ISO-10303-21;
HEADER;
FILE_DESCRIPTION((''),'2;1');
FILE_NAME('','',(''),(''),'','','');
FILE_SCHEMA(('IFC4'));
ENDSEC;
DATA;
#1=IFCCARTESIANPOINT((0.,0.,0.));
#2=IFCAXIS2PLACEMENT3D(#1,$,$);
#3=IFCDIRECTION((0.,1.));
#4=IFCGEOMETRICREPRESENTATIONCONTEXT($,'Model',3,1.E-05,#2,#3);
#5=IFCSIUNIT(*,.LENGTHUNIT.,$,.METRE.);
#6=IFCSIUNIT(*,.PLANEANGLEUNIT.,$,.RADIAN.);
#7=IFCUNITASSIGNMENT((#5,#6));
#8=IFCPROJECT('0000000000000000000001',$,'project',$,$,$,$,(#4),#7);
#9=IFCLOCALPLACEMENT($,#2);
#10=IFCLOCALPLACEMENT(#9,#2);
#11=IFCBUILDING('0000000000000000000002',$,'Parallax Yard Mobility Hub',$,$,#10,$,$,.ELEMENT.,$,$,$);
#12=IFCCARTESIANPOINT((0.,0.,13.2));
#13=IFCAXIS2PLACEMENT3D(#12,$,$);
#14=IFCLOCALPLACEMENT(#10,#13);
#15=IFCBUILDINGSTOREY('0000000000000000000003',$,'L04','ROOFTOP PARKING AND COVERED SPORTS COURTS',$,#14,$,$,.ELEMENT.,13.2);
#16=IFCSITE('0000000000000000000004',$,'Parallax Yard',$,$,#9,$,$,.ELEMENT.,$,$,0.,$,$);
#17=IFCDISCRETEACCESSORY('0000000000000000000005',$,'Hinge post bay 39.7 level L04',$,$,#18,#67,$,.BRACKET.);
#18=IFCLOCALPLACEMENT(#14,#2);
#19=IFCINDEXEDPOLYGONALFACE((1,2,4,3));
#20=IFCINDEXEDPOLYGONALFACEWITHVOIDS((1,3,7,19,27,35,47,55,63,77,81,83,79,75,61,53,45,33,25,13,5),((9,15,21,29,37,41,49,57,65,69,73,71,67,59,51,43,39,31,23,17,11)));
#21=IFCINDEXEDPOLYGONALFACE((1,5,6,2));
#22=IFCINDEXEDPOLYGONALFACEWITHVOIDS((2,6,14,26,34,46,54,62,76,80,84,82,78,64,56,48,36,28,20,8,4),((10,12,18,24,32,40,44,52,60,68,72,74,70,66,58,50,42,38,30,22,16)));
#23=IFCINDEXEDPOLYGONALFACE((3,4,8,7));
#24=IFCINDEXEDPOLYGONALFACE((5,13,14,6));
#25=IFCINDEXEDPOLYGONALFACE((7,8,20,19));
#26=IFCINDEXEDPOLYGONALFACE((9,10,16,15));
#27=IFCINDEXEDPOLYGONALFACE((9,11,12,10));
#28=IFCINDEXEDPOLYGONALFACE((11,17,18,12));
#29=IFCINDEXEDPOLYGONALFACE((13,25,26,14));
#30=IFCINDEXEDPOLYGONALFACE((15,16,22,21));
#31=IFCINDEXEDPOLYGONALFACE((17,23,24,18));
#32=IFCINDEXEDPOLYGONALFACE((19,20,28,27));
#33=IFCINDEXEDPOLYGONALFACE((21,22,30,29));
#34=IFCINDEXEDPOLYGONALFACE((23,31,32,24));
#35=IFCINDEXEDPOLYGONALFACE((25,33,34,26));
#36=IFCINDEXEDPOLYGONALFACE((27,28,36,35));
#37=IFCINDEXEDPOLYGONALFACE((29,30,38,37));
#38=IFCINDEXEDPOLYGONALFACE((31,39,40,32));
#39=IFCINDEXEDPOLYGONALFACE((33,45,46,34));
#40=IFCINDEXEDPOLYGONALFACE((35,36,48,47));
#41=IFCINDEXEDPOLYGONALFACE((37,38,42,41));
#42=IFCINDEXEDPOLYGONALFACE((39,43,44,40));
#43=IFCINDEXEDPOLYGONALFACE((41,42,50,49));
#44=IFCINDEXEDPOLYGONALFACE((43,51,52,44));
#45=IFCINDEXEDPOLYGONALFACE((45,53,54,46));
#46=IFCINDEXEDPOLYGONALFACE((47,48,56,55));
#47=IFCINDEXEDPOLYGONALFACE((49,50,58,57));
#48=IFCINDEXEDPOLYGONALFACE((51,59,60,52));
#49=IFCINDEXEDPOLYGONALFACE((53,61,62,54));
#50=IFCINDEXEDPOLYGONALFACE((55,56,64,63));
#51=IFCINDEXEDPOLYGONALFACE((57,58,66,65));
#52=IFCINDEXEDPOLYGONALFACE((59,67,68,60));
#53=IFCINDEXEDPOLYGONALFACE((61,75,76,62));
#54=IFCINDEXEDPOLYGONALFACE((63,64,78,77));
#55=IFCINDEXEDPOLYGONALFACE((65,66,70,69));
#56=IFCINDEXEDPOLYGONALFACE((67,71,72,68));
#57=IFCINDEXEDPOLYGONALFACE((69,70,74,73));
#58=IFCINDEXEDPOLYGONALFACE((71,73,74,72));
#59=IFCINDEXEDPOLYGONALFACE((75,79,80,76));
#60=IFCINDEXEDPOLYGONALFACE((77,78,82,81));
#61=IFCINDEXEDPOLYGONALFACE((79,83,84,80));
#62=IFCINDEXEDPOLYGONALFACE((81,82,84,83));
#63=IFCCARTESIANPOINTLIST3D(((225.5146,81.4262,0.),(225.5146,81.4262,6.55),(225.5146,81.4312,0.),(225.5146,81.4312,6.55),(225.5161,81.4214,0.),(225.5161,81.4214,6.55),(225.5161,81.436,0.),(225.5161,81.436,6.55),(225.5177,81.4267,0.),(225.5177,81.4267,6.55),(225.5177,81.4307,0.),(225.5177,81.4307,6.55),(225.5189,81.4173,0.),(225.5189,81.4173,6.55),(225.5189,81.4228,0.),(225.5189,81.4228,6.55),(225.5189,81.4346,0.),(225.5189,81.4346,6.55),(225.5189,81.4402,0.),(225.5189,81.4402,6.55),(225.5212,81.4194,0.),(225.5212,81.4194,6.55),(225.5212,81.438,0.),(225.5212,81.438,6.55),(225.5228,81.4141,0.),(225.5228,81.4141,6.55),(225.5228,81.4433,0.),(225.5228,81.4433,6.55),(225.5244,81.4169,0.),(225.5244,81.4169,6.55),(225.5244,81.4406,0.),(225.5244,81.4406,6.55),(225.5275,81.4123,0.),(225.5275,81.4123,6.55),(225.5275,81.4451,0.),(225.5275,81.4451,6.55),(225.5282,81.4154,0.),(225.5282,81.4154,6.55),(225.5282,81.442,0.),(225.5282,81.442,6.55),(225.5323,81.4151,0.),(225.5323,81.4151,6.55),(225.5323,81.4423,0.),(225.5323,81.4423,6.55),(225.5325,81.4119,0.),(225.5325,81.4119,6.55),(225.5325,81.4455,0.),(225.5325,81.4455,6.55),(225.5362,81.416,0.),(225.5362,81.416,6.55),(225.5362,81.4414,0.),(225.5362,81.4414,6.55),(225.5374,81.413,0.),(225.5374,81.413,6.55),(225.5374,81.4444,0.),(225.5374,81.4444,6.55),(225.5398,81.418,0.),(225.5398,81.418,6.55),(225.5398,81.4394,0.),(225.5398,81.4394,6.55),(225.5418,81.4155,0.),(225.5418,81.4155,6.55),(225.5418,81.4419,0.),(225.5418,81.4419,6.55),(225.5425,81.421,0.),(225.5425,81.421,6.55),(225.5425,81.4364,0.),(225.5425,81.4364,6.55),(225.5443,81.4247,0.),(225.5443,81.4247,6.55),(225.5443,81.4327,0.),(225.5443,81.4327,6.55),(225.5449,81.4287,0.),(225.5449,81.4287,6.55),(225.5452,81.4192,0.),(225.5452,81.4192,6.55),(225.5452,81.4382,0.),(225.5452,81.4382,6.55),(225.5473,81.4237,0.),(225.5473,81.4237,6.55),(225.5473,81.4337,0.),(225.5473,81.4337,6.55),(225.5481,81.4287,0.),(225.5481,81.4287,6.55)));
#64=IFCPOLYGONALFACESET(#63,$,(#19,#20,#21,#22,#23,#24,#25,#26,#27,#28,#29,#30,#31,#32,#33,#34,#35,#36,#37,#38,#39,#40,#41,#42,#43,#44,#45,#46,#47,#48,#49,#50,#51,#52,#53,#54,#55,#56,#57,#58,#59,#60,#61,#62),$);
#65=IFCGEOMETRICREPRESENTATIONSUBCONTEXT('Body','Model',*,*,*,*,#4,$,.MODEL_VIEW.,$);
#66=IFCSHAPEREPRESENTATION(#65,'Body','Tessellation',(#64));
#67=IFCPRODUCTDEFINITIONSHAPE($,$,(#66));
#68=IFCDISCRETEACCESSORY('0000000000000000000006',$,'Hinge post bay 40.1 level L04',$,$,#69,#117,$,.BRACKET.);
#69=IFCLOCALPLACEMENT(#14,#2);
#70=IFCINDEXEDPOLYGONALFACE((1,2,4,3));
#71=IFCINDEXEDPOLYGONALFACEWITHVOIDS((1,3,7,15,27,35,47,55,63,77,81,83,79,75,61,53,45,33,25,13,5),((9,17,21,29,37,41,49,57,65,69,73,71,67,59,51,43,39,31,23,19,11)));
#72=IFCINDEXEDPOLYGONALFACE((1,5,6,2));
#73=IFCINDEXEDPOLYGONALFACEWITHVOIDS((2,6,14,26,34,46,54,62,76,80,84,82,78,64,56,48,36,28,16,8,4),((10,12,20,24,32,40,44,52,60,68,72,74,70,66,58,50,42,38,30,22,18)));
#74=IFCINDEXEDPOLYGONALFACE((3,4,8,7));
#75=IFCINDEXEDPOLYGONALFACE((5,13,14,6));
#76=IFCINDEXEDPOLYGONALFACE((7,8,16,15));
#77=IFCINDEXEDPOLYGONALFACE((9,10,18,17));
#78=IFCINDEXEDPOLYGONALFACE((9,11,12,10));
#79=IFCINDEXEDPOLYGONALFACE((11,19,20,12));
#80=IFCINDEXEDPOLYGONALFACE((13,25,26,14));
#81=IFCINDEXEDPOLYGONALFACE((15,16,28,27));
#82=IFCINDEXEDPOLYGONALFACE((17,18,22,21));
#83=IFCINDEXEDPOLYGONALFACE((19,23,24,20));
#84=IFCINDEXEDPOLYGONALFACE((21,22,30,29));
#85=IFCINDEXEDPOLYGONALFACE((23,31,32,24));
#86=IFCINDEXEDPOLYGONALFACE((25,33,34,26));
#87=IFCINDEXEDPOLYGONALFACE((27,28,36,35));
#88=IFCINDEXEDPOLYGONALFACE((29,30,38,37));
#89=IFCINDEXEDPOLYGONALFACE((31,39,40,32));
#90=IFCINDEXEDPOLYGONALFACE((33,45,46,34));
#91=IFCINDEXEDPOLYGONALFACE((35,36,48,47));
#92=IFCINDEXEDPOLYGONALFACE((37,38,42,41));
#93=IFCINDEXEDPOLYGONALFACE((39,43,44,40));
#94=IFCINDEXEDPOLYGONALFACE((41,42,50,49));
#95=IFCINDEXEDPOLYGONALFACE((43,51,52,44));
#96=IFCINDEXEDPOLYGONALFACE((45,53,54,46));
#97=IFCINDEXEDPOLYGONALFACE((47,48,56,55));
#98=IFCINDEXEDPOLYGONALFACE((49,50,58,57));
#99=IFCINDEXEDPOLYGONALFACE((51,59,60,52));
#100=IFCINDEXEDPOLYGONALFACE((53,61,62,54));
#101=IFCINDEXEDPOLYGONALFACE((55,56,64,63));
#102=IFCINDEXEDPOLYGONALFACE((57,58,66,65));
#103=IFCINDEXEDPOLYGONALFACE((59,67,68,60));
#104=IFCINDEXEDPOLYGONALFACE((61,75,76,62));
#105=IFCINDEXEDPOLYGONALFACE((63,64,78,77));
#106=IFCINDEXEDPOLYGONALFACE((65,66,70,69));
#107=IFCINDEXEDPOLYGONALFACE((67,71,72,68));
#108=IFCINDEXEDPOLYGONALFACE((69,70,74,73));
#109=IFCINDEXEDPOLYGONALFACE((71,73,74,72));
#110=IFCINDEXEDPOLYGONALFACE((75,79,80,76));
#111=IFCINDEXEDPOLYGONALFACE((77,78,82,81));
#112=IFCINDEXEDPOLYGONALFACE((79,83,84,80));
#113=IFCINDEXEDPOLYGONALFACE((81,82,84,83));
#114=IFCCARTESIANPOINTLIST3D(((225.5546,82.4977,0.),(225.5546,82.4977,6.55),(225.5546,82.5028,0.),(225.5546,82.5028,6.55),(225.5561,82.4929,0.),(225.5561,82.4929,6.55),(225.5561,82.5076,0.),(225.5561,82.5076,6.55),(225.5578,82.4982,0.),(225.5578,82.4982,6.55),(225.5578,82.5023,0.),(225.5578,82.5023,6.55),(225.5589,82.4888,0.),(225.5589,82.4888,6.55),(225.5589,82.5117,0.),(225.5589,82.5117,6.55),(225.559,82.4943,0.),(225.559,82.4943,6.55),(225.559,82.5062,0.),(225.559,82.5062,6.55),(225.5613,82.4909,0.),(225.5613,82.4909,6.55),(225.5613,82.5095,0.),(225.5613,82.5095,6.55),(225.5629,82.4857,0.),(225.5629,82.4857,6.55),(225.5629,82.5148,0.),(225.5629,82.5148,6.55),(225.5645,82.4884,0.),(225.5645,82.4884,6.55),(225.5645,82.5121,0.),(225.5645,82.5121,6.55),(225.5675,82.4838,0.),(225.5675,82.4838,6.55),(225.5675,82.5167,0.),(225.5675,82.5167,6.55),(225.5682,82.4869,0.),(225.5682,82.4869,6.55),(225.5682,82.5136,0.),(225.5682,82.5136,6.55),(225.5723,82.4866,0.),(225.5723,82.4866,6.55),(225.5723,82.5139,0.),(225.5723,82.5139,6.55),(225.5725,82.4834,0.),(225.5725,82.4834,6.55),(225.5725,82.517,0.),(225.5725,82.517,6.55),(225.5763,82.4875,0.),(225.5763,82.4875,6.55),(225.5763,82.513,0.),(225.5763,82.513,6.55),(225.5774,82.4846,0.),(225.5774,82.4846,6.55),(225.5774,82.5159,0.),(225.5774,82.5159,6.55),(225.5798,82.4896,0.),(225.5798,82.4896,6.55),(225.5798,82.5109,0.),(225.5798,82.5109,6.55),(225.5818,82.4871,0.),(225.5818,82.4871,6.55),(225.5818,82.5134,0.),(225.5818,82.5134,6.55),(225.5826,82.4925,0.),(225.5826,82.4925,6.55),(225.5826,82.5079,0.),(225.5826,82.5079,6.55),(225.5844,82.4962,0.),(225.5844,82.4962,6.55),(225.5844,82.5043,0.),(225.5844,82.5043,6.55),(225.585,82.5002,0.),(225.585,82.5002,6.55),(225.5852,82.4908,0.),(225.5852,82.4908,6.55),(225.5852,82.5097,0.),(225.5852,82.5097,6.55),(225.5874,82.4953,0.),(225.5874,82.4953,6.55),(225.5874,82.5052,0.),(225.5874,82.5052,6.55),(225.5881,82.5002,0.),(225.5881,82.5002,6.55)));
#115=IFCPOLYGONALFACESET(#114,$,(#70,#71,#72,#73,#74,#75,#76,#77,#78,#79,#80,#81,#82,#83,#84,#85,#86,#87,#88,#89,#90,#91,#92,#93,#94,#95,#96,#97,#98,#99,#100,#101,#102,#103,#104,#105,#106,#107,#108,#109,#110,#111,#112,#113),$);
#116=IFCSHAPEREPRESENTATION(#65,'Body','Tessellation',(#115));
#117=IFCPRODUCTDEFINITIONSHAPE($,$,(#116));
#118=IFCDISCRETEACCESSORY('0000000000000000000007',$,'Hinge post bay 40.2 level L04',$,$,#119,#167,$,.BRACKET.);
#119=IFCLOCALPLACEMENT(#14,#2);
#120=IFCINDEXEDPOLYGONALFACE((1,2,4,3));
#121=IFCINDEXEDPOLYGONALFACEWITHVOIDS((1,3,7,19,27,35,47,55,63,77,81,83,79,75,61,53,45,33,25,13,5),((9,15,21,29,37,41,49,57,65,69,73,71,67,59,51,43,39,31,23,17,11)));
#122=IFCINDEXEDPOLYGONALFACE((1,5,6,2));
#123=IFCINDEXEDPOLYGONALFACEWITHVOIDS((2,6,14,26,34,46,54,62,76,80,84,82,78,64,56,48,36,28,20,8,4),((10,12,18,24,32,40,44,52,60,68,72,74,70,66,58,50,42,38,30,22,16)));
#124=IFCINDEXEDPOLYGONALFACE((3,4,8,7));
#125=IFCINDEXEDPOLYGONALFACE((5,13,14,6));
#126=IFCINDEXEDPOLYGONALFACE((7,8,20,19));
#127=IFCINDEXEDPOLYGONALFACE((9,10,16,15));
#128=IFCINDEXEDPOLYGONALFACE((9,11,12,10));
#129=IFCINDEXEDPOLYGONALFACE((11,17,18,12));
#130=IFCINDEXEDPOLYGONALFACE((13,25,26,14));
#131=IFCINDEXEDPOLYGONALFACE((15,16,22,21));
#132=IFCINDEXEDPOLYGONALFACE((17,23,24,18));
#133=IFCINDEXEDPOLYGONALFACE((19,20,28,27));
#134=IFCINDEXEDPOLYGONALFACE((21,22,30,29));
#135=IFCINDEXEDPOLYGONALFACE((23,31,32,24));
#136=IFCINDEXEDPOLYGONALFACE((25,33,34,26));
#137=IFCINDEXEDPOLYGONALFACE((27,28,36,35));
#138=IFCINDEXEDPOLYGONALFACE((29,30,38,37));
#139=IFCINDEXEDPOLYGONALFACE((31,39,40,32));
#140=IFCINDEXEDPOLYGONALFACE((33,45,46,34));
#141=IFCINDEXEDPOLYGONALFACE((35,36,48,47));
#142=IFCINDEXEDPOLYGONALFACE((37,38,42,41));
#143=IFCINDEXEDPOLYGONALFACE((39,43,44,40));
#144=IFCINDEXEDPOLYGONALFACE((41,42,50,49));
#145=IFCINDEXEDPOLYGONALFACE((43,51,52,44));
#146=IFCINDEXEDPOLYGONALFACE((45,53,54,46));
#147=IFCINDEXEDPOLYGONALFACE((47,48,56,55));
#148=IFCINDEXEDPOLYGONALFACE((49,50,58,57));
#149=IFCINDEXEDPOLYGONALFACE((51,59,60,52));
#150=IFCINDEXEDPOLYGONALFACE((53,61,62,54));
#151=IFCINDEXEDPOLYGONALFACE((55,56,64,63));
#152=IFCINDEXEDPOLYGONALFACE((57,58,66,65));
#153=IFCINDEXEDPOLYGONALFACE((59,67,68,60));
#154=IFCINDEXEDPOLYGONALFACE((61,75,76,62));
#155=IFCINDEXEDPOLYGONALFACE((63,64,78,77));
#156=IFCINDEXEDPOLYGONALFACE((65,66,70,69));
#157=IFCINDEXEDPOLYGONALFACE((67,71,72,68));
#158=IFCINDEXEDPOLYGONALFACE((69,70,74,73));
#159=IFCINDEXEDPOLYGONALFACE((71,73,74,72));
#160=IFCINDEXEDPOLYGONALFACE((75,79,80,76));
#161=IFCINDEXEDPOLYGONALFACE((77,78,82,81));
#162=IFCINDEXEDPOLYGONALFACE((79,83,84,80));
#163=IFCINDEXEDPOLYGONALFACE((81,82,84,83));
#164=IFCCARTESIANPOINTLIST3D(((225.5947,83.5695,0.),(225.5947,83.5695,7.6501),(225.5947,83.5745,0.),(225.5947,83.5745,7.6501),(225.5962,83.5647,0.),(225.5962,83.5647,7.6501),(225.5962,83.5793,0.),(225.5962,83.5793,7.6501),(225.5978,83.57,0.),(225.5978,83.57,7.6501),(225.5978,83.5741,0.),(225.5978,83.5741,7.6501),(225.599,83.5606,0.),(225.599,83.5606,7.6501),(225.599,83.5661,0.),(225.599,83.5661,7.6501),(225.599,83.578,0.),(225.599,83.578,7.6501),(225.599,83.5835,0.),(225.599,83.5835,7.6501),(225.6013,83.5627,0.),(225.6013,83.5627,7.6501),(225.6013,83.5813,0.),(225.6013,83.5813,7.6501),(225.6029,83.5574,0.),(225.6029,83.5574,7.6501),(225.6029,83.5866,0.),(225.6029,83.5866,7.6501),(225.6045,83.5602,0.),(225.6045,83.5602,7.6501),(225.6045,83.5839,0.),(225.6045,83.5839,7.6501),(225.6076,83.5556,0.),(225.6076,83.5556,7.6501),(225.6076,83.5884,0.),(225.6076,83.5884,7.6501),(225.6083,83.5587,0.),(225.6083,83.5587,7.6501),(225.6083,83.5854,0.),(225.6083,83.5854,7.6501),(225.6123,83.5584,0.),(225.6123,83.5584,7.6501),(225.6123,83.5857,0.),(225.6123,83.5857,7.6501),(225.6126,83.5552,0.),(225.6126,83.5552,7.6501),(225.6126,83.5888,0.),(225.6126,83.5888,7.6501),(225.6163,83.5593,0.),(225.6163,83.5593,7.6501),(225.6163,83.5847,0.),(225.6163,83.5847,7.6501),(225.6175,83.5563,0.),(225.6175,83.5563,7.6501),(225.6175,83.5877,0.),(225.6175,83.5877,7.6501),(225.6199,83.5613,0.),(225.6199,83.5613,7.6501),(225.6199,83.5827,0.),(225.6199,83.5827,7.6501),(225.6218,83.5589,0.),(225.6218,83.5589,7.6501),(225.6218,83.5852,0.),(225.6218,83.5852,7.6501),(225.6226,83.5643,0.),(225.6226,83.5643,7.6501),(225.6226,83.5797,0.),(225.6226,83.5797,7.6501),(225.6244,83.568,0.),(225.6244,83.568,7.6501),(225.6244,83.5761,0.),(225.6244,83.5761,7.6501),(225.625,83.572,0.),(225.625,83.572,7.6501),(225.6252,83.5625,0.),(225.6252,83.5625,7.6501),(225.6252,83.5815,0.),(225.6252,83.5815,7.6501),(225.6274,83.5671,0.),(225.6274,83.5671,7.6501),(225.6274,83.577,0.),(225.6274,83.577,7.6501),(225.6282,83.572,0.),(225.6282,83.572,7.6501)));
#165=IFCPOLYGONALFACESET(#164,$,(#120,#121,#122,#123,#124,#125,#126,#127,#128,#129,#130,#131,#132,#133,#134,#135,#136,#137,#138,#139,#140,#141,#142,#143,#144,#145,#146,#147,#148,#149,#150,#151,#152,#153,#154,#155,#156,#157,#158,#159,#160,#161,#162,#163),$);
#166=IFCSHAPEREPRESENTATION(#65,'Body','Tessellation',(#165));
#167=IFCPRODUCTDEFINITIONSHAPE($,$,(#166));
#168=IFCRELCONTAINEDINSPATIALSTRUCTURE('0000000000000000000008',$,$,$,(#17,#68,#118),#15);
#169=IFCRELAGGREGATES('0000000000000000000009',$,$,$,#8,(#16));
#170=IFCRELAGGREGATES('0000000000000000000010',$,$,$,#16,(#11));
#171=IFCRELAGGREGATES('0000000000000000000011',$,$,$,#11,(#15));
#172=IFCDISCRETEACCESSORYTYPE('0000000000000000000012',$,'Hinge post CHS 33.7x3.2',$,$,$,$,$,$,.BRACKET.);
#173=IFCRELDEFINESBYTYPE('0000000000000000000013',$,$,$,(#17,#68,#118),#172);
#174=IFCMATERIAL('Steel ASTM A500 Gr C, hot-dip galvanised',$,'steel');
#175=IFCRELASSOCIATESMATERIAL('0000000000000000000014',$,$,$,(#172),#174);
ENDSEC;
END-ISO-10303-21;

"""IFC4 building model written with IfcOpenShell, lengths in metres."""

from ifc_helpers import new_model, si_unit, direction, frame, origin, origin_2d, place, context, subcontext, project, spatial, hollow_circle, extrude, material, material_profile, profile_set, type_object, element, save


model = new_model("IFC4")

# Units and contexts
model_context = context("Model", 3, precision=1e-05, world=origin(), true_north=direction((0.0, 1.0)))
body_context = subcontext(model_context, "Body", "Model", "MODEL_VIEW")
ifc_project = project(units=[si_unit("LENGTHUNIT", "METRE"), si_unit("PLANEANGLEUNIT", "RADIAN")], contexts=[model_context])

# Site, building, storey
site_placement = place(None, origin())
site = spatial("IfcSite", under=ifc_project, at=site_placement, Name="Parallax Yard", CompositionType="ELEMENT", RefElevation=0.0)
building_placement = place(site_placement, origin())
building = spatial("IfcBuilding", under=site, at=building_placement, Name="Parallax Yard Mobility Hub", CompositionType="ELEMENT")
storey_placement = place(building_placement, frame((0.0, 0.0, 13.2)))
storey = spatial("IfcBuildingStorey", under=building, at=storey_placement, Name="L04", Description="ROOFTOP PARKING AND COVERED SPORTS COURTS", CompositionType="ELEMENT", Elevation=13.2)

# Discrete accessories
ifc_material_1 = material(Name="Steel ASTM A500 Gr C, hot-dip galvanised", Category="steel")
ifc_material_profile = material_profile(ifc_material_1, hollow_circle(Radius=0.0168, WallThickness=0.0032, at=origin_2d()), Name="CHS 33.7x3.2")
ifc_profile_set = profile_set([ifc_material_profile], Name="Steel ASTM A500 Gr C, hot-dip galvanised")
discrete_accessory_type_1 = type_object("IfcDiscreteAccessoryType", Name="Hinge post CHS 33.7x3.2", PredefinedType="BRACKET", material=ifc_profile_set)
for number, where, z_axis, x_axis, name in (
    (1, (225.5312, 81.4287, 0.0), (0.0, 0.0, 1.0), (1.0, 0.0, 0.0), "Hinge post bay 39.7 level L04"),
    (2, (225.5713, 82.5002, 0.0), (0.0, 0.0, 1.0), (1.0, 0.0, 0.0), "Hinge post bay 40.1 level L04"),
):
    element("IfcDiscreteAccessory", number, at=place(storey_placement, frame(where, z_axis=z_axis, x_axis=x_axis)), inside=storey, type_object=discrete_accessory_type_1, Name=name, PredefinedType="BRACKET", context=body_context, shape_type="SweptSolid", body=[
        extrude(hollow_circle(Radius=0.0168, WallThickness=0.0032, at=origin_2d()), origin(), (0.0, 0.0, 1.0), 6.55),
    ])
for number, where, z_axis, x_axis, name in (
    (3, (225.6113, 83.572, 0.0), (0.0, 0.0, 1.0), (1.0, 0.0, 0.0), "Hinge post bay 40.2 level L04"),
):
    element("IfcDiscreteAccessory", number, at=place(storey_placement, frame(where, z_axis=z_axis, x_axis=x_axis)), inside=storey, type_object=discrete_accessory_type_1, Name=name, PredefinedType="BRACKET", context=body_context, shape_type="SweptSolid", body=[
        extrude(hollow_circle(Radius=0.0168, WallThickness=0.0032, at=origin_2d()), origin(), (0.0, 0.0, 1.0), 7.6501),
    ])

save(model, "model.ifc")
